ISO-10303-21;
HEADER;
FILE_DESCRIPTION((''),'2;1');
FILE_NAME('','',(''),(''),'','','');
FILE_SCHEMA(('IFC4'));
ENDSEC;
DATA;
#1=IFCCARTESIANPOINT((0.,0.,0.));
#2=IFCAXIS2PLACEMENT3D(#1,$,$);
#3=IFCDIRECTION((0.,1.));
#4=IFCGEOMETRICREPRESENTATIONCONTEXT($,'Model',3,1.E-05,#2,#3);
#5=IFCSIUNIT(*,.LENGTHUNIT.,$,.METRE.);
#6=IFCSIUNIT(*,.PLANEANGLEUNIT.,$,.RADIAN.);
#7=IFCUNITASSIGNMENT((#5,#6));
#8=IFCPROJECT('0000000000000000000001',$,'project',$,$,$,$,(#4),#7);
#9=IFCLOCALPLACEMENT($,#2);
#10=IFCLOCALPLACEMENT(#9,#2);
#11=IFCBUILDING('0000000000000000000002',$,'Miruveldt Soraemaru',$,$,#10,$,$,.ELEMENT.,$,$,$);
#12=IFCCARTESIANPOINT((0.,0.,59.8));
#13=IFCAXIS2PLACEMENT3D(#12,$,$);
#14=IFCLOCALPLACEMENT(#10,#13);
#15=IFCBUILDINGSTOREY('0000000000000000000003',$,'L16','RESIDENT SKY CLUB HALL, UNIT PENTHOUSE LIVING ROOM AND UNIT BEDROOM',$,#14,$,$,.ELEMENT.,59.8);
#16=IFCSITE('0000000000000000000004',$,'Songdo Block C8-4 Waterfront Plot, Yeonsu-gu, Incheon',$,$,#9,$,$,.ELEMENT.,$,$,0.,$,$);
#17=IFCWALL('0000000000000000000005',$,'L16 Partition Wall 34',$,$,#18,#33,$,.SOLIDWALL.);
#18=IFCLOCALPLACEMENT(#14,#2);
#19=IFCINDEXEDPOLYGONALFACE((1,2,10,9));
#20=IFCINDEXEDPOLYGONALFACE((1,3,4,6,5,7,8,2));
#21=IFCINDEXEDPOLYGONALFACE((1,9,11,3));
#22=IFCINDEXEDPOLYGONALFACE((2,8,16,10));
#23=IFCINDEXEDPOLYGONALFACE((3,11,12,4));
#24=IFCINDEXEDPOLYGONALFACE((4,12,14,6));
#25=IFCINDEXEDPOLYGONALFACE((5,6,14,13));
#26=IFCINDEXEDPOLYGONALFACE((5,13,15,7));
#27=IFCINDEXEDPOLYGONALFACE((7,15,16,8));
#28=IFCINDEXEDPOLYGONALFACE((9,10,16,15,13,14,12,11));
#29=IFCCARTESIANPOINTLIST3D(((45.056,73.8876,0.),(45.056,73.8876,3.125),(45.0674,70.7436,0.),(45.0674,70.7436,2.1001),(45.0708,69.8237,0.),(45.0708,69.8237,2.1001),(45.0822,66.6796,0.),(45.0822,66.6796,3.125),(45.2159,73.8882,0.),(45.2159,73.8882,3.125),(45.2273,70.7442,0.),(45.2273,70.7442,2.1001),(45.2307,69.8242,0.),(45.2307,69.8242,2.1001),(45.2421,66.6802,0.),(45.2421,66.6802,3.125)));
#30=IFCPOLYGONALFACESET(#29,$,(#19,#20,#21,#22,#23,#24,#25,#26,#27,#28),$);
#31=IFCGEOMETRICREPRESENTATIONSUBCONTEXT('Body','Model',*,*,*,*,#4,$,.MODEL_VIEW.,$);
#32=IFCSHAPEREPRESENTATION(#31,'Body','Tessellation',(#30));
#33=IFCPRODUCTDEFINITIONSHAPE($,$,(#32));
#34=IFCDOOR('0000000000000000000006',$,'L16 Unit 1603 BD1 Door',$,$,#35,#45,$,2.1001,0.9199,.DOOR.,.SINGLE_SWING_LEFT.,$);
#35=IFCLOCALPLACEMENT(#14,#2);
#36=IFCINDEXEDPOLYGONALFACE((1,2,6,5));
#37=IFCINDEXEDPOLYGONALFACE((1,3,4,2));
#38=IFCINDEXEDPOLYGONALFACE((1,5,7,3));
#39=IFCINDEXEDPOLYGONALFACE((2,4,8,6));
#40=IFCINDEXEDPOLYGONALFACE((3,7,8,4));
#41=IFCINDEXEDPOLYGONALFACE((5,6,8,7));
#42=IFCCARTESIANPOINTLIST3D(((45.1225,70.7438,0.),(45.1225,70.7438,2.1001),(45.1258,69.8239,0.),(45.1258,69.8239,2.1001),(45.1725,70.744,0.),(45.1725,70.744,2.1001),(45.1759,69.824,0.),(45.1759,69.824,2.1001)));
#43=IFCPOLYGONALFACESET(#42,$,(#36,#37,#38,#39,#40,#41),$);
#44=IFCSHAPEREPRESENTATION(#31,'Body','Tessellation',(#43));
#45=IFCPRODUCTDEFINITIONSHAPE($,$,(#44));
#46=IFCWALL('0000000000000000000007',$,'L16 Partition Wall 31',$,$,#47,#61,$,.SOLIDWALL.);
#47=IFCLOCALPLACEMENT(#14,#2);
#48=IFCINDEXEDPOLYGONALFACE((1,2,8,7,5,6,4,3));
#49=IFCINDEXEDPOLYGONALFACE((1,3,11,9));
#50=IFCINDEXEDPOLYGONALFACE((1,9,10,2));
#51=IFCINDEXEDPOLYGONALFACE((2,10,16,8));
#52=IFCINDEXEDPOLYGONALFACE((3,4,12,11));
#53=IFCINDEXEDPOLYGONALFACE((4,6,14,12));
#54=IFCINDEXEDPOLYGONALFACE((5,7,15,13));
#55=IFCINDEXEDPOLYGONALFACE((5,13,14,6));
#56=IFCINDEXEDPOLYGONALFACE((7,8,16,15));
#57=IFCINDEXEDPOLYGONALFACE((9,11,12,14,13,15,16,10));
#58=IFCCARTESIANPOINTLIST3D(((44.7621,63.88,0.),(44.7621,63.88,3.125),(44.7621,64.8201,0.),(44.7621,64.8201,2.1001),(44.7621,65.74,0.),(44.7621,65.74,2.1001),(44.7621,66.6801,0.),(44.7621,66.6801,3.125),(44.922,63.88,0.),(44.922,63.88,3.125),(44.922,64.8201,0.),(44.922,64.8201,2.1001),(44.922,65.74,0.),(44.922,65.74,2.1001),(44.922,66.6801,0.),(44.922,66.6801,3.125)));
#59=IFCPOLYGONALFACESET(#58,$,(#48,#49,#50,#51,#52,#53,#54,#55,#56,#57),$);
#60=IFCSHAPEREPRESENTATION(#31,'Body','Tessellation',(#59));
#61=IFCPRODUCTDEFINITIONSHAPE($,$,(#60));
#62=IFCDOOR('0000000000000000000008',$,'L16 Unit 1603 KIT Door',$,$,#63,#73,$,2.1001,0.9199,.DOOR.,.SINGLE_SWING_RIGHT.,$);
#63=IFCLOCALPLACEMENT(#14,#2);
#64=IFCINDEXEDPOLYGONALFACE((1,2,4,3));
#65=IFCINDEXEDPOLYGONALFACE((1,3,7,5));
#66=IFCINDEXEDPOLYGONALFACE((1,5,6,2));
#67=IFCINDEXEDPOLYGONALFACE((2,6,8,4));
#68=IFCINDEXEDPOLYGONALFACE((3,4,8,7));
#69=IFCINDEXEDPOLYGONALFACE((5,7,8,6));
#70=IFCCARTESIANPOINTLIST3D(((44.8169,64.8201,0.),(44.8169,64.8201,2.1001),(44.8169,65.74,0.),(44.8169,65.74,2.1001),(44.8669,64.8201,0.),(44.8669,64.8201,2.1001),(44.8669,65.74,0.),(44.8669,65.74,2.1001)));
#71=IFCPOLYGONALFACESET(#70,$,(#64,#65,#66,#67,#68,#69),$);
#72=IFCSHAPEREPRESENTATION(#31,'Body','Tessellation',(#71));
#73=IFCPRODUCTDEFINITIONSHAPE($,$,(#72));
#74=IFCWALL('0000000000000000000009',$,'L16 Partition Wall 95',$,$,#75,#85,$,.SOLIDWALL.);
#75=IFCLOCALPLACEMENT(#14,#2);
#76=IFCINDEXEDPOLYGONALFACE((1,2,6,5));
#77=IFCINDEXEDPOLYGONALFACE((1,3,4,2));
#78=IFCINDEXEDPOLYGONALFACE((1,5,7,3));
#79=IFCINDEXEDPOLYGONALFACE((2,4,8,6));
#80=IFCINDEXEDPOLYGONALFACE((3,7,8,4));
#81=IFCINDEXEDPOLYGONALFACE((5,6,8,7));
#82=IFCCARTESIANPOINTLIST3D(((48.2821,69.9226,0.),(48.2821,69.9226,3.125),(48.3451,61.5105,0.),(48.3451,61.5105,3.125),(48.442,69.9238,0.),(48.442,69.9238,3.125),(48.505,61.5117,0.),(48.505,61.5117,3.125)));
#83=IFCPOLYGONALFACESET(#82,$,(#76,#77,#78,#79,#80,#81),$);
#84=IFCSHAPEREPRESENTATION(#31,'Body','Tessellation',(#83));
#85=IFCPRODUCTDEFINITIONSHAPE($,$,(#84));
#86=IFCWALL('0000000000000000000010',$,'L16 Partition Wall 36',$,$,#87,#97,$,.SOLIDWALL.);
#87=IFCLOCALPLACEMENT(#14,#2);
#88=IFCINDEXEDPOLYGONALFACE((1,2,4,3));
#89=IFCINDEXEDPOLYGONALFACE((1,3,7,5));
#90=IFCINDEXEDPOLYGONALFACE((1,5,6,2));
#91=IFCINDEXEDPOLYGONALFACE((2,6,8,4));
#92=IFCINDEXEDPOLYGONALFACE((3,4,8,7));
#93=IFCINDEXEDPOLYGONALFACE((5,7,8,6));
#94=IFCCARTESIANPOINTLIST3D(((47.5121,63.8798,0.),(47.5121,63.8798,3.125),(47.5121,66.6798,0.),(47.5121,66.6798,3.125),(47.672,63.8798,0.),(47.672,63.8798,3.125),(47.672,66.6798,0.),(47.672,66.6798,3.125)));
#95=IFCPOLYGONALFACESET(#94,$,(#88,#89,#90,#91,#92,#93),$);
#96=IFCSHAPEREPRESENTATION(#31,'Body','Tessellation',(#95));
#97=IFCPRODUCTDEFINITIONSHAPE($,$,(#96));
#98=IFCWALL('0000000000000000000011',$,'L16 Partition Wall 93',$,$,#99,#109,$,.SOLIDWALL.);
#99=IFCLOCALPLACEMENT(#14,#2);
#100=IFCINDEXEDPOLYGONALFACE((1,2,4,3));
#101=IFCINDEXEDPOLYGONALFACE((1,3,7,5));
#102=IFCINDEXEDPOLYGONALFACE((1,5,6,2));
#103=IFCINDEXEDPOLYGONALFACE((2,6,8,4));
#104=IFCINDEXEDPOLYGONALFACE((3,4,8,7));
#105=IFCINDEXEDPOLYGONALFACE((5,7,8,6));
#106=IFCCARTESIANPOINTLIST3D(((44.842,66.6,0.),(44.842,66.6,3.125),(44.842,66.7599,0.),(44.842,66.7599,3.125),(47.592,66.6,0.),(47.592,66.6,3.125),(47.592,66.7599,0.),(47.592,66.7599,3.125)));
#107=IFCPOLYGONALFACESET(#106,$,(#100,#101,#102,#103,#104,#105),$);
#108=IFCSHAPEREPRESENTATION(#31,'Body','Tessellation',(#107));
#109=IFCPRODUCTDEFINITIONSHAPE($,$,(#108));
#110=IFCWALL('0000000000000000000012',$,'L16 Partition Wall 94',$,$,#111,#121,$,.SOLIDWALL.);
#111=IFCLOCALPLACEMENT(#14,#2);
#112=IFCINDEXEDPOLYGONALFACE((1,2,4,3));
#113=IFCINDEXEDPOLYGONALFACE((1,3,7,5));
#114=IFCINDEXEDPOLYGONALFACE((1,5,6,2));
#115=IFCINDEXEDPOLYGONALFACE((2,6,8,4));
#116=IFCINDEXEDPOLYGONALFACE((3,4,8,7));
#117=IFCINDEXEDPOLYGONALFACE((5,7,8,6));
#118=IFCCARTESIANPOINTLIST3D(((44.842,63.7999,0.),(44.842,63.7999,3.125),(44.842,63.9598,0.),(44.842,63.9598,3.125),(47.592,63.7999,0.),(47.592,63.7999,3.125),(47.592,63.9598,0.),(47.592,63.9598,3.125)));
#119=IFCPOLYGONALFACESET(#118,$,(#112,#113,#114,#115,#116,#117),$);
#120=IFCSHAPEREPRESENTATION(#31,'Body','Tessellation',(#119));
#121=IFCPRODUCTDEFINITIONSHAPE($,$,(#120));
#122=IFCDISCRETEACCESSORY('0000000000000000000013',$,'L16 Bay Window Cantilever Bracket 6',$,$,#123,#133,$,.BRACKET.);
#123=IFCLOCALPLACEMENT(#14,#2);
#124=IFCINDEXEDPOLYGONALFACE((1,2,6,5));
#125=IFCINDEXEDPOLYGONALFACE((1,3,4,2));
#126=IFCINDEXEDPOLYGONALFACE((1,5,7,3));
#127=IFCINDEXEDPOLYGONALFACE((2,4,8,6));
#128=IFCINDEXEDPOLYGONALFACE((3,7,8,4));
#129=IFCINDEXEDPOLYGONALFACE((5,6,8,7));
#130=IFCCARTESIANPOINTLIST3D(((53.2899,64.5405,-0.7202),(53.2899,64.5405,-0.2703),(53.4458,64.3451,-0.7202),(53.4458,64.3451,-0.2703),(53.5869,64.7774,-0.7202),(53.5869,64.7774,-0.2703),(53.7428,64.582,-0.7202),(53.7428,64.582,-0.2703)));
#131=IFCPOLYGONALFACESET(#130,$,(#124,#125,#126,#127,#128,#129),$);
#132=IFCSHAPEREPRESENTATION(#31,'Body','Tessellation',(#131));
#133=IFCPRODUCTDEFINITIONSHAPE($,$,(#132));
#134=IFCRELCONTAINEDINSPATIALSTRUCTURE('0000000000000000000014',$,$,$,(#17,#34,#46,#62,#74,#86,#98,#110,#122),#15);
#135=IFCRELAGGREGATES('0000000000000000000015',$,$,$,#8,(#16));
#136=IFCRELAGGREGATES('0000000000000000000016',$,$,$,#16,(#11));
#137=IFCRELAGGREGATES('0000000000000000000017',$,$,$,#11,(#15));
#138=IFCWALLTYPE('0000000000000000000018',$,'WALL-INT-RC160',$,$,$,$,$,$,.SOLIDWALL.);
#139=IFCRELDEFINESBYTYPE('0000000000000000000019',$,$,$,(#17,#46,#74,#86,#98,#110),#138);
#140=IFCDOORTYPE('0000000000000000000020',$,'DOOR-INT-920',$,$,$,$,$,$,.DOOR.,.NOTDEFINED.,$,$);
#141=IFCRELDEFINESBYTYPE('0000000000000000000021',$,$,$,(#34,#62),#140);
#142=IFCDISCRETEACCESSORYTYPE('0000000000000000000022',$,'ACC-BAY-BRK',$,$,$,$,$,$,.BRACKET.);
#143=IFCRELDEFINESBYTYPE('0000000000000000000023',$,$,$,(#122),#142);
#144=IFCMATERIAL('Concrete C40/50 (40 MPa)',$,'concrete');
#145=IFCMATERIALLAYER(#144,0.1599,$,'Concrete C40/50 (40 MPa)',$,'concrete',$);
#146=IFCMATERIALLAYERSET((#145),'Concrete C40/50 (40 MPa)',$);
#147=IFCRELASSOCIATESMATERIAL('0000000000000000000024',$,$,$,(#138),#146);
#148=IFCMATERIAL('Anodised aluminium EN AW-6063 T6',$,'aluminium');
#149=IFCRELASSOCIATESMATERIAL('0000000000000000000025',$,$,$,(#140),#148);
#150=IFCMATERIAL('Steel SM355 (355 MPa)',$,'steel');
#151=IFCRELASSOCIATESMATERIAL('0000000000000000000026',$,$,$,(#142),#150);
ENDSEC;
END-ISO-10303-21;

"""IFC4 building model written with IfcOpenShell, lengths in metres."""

from ifc_helpers import new_model, si_unit, direction, frame, frame_2d, origin, origin_2d, place, context, subcontext, project, spatial, rectangle, extrude, material, layer, layer_set, type_object, element, fill, save


model = new_model("IFC4")

# Units and contexts
model_context = context("Model", 3, precision=1e-05, world=origin(), true_north=direction((0.0, 1.0)))
body_context = subcontext(model_context, "Body", "Model", "MODEL_VIEW")
ifc_project = project(units=[si_unit("LENGTHUNIT", "METRE"), si_unit("PLANEANGLEUNIT", "RADIAN")], contexts=[model_context])

# Site, building, storey
site_placement = place(None, origin())
site = spatial("IfcSite", under=ifc_project, at=site_placement, Name="Songdo Block C8-4 Waterfront Plot, Yeonsu-gu, Incheon", CompositionType="ELEMENT", RefElevation=0.0)
building_placement = place(site_placement, origin())
building = spatial("IfcBuilding", under=site, at=building_placement, Name="Miruveldt Soraemaru", CompositionType="ELEMENT")
storey_placement = place(building_placement, frame((0.0, 0.0, 59.8)))
storey = spatial("IfcBuildingStorey", under=building, at=storey_placement, Name="L16", Description="RESIDENT SKY CLUB HALL, UNIT PENTHOUSE LIVING ROOM AND UNIT BEDROOM", CompositionType="ELEMENT", Elevation=59.8)

# Shared definitions
ifc_material_1 = material(Name="Steel SM355 (355 MPa)", Category="steel")

# Walls, openings, doors
ifc_material_2 = material(Name="Concrete C40/50 (40 MPa)", Category="concrete")
ifc_layer_1 = layer(ifc_material_2, 0.1599, Name="Concrete C40/50 (40 MPa)", Category="concrete")
ifc_layer_set_1 = layer_set([ifc_layer_1], Name="Concrete C40/50 (40 MPa)")
wall_type_1 = type_object("IfcWallType", Name="WALL-INT-RC160", PredefinedType="SOLIDWALL", material=ifc_layer_set_1)
wall_1_placement = place(storey_placement, frame((45.1621, 66.6799, 0.0), z_axis=(0.0, 0.0, 1.0), x_axis=(-0.003624, 0.999993, 0.0)))
wall_1 = element("IfcWall", 1, at=wall_1_placement, inside=storey, type_object=wall_type_1, Name="L16 Partition Wall 34", PredefinedType="SOLIDWALL", context=body_context, shape_type="SweptSolid", body=[
    extrude(rectangle(XDim=7.208, YDim=0.1599, at=frame_2d((3.604, 0.0))), origin(), (0.0, 0.0, 1.0), 3.125),
])
opening_1_placement = place(wall_1_placement, frame((3.144, 0.0, 0.0)))
opening_1 = element("IfcOpeningElement", 2, at=opening_1_placement, cuts=wall_1, PredefinedType="OPENING", context=body_context, shape_type="SweptSolid", body=[
    extrude(rectangle(XDim=0.9199, YDim=2.1001, at=frame_2d((0.46, 1.05))), frame((0.0, 0.0898, 0.0), z_axis=(0.0, -1.0, 0.0), x_axis=(1.0, 0.0, 0.0)), (0.0, 0.0, 1.0), 0.1799),
])
ifc_material_3 = material(Name="Anodised aluminium EN AW-6063 T6", Category="aluminium")
door_type = type_object("IfcDoorType", Name="DOOR-INT-920", OperationType="NOTDEFINED", PredefinedType="DOOR", material=ifc_material_3)
door_1_placement = place(opening_1_placement, origin())
door_1 = element("IfcDoor", 3, at=door_1_placement, inside=storey, type_object=door_type, Name="L16 Unit 1603 BD1 Door", OperationType="SINGLE_SWING_LEFT", OverallHeight=2.1001, OverallWidth=0.9199, PredefinedType="DOOR", context=body_context, shape_type="SweptSolid", body=[
    extrude(rectangle(XDim=0.9199, YDim=2.1001, at=frame_2d((0.46, 1.05))), frame((0.0, 0.0249, 0.0), z_axis=(0.0, -1.0, 0.0), x_axis=(1.0, 0.0, 0.0)), (0.0, 0.0, 1.0), 0.05),
])
fill(opening_1, door_1)
wall_2_placement = place(storey_placement, frame((44.842, 66.6799, 0.0), z_axis=(0.0, 0.0, 1.0), x_axis=(0.0, -1.0, 0.0)))
wall_2 = element("IfcWall", 4, at=wall_2_placement, inside=storey, type_object=wall_type_1, Name="L16 Partition Wall 31", PredefinedType="SOLIDWALL", context=body_context, shape_type="SweptSolid", body=[
    extrude(rectangle(XDim=2.8, YDim=0.1599, at=frame_2d((1.3999, 0.0))), origin(), (0.0, 0.0, 1.0), 3.125),
])
opening_2_placement = place(wall_2_placement, frame((0.9399, 0.0, 0.0)))
opening_2 = element("IfcOpeningElement", 5, at=opening_2_placement, cuts=wall_2, PredefinedType="OPENING", context=body_context, shape_type="SweptSolid", body=[
    extrude(rectangle(XDim=0.9199, YDim=2.1001, at=frame_2d((0.46, 1.05))), frame((0.0, 0.0898, 0.0), z_axis=(0.0, -1.0, 0.0), x_axis=(1.0, 0.0, 0.0)), (0.0, 0.0, 1.0), 0.1799),
])
door_2_placement = place(opening_2_placement, origin())
door_2 = element("IfcDoor", 6, at=door_2_placement, inside=storey, type_object=door_type, Name="L16 Unit 1603 KIT Door", OperationType="SINGLE_SWING_RIGHT", OverallHeight=2.1001, OverallWidth=0.9199, PredefinedType="DOOR", context=body_context, shape_type="SweptSolid", body=[
    extrude(rectangle(XDim=0.9199, YDim=2.1001, at=frame_2d((0.46, 1.05))), frame((0.0, 0.0249, 0.0), z_axis=(0.0, -1.0, 0.0), x_axis=(1.0, 0.0, 0.0)), (0.0, 0.0, 1.0), 0.05),
])
fill(opening_2, door_2)

# Walls
wall_3_placement = place(storey_placement, frame((48.3621, 69.9231, 0.0), z_axis=(0.0, 0.0, 1.0), x_axis=(0.007488, -0.999972, 0.0)))
element("IfcWall", 7, at=wall_3_placement, inside=storey, type_object=wall_type_1, Name="L16 Partition Wall 95", PredefinedType="SOLIDWALL", context=body_context, shape_type="SweptSolid", body=[
    extrude(rectangle(XDim=8.4124, YDim=0.1599, at=frame_2d((4.2061, 0.0))), origin(), (0.0, 0.0, 1.0), 3.125),
])
wall_4_placement = place(storey_placement, frame((47.592, 63.8799, 0.0), z_axis=(0.0, 0.0, 1.0), x_axis=(0.0, 1.0, 0.0)))
element("IfcWall", 8, at=wall_4_placement, inside=storey, type_object=wall_type_1, Name="L16 Partition Wall 36", PredefinedType="SOLIDWALL", context=body_context, shape_type="SweptSolid", body=[
    extrude(rectangle(XDim=2.8, YDim=0.1599, at=frame_2d((1.3999, 0.0))), origin(), (0.0, 0.0, 1.0), 3.125),
])
for number, where, z_axis, x_axis, name in (
    (9, (47.592, 66.6799, 0.0), (0.0, 0.0, 1.0), (-1.0, 0.0, 0.0), "L16 Partition Wall 93"),
    (10, (44.842, 63.8799, 0.0), (0.0, 0.0, 1.0), (1.0, 0.0, 0.0), "L16 Partition Wall 94"),
):
    element("IfcWall", number, at=place(storey_placement, frame(where, z_axis=z_axis, x_axis=x_axis)), inside=storey, type_object=wall_type_1, Name=name, PredefinedType="SOLIDWALL", context=body_context, shape_type="SweptSolid", body=[
        extrude(rectangle(XDim=2.75, YDim=0.1599, at=frame_2d((1.375, 0.0))), origin(), (0.0, 0.0, 1.0), 3.125),
    ])

# Discrete accessory
discrete_accessory_type = type_object("IfcDiscreteAccessoryType", Name="ACC-BAY-BRK", PredefinedType="BRACKET", material=ifc_material_1)
discrete_accessory_placement = place(storey_placement, frame((53.5164, 64.5613, -0.7202), z_axis=(0.0, 0.0, 1.0), x_axis=(0.781727, 0.62362, 0.0)))
element("IfcDiscreteAccessory", 11, at=discrete_accessory_placement, inside=storey, type_object=discrete_accessory_type, Name="L16 Bay Window Cantilever Bracket 6", PredefinedType="BRACKET", context=body_context, shape_type="SweptSolid", body=[
    extrude(rectangle(XDim=0.3799, YDim=0.25, at=origin_2d()), origin(), (0.0, 0.0, 1.0), 0.45),
])

save(model, "model.ifc")
